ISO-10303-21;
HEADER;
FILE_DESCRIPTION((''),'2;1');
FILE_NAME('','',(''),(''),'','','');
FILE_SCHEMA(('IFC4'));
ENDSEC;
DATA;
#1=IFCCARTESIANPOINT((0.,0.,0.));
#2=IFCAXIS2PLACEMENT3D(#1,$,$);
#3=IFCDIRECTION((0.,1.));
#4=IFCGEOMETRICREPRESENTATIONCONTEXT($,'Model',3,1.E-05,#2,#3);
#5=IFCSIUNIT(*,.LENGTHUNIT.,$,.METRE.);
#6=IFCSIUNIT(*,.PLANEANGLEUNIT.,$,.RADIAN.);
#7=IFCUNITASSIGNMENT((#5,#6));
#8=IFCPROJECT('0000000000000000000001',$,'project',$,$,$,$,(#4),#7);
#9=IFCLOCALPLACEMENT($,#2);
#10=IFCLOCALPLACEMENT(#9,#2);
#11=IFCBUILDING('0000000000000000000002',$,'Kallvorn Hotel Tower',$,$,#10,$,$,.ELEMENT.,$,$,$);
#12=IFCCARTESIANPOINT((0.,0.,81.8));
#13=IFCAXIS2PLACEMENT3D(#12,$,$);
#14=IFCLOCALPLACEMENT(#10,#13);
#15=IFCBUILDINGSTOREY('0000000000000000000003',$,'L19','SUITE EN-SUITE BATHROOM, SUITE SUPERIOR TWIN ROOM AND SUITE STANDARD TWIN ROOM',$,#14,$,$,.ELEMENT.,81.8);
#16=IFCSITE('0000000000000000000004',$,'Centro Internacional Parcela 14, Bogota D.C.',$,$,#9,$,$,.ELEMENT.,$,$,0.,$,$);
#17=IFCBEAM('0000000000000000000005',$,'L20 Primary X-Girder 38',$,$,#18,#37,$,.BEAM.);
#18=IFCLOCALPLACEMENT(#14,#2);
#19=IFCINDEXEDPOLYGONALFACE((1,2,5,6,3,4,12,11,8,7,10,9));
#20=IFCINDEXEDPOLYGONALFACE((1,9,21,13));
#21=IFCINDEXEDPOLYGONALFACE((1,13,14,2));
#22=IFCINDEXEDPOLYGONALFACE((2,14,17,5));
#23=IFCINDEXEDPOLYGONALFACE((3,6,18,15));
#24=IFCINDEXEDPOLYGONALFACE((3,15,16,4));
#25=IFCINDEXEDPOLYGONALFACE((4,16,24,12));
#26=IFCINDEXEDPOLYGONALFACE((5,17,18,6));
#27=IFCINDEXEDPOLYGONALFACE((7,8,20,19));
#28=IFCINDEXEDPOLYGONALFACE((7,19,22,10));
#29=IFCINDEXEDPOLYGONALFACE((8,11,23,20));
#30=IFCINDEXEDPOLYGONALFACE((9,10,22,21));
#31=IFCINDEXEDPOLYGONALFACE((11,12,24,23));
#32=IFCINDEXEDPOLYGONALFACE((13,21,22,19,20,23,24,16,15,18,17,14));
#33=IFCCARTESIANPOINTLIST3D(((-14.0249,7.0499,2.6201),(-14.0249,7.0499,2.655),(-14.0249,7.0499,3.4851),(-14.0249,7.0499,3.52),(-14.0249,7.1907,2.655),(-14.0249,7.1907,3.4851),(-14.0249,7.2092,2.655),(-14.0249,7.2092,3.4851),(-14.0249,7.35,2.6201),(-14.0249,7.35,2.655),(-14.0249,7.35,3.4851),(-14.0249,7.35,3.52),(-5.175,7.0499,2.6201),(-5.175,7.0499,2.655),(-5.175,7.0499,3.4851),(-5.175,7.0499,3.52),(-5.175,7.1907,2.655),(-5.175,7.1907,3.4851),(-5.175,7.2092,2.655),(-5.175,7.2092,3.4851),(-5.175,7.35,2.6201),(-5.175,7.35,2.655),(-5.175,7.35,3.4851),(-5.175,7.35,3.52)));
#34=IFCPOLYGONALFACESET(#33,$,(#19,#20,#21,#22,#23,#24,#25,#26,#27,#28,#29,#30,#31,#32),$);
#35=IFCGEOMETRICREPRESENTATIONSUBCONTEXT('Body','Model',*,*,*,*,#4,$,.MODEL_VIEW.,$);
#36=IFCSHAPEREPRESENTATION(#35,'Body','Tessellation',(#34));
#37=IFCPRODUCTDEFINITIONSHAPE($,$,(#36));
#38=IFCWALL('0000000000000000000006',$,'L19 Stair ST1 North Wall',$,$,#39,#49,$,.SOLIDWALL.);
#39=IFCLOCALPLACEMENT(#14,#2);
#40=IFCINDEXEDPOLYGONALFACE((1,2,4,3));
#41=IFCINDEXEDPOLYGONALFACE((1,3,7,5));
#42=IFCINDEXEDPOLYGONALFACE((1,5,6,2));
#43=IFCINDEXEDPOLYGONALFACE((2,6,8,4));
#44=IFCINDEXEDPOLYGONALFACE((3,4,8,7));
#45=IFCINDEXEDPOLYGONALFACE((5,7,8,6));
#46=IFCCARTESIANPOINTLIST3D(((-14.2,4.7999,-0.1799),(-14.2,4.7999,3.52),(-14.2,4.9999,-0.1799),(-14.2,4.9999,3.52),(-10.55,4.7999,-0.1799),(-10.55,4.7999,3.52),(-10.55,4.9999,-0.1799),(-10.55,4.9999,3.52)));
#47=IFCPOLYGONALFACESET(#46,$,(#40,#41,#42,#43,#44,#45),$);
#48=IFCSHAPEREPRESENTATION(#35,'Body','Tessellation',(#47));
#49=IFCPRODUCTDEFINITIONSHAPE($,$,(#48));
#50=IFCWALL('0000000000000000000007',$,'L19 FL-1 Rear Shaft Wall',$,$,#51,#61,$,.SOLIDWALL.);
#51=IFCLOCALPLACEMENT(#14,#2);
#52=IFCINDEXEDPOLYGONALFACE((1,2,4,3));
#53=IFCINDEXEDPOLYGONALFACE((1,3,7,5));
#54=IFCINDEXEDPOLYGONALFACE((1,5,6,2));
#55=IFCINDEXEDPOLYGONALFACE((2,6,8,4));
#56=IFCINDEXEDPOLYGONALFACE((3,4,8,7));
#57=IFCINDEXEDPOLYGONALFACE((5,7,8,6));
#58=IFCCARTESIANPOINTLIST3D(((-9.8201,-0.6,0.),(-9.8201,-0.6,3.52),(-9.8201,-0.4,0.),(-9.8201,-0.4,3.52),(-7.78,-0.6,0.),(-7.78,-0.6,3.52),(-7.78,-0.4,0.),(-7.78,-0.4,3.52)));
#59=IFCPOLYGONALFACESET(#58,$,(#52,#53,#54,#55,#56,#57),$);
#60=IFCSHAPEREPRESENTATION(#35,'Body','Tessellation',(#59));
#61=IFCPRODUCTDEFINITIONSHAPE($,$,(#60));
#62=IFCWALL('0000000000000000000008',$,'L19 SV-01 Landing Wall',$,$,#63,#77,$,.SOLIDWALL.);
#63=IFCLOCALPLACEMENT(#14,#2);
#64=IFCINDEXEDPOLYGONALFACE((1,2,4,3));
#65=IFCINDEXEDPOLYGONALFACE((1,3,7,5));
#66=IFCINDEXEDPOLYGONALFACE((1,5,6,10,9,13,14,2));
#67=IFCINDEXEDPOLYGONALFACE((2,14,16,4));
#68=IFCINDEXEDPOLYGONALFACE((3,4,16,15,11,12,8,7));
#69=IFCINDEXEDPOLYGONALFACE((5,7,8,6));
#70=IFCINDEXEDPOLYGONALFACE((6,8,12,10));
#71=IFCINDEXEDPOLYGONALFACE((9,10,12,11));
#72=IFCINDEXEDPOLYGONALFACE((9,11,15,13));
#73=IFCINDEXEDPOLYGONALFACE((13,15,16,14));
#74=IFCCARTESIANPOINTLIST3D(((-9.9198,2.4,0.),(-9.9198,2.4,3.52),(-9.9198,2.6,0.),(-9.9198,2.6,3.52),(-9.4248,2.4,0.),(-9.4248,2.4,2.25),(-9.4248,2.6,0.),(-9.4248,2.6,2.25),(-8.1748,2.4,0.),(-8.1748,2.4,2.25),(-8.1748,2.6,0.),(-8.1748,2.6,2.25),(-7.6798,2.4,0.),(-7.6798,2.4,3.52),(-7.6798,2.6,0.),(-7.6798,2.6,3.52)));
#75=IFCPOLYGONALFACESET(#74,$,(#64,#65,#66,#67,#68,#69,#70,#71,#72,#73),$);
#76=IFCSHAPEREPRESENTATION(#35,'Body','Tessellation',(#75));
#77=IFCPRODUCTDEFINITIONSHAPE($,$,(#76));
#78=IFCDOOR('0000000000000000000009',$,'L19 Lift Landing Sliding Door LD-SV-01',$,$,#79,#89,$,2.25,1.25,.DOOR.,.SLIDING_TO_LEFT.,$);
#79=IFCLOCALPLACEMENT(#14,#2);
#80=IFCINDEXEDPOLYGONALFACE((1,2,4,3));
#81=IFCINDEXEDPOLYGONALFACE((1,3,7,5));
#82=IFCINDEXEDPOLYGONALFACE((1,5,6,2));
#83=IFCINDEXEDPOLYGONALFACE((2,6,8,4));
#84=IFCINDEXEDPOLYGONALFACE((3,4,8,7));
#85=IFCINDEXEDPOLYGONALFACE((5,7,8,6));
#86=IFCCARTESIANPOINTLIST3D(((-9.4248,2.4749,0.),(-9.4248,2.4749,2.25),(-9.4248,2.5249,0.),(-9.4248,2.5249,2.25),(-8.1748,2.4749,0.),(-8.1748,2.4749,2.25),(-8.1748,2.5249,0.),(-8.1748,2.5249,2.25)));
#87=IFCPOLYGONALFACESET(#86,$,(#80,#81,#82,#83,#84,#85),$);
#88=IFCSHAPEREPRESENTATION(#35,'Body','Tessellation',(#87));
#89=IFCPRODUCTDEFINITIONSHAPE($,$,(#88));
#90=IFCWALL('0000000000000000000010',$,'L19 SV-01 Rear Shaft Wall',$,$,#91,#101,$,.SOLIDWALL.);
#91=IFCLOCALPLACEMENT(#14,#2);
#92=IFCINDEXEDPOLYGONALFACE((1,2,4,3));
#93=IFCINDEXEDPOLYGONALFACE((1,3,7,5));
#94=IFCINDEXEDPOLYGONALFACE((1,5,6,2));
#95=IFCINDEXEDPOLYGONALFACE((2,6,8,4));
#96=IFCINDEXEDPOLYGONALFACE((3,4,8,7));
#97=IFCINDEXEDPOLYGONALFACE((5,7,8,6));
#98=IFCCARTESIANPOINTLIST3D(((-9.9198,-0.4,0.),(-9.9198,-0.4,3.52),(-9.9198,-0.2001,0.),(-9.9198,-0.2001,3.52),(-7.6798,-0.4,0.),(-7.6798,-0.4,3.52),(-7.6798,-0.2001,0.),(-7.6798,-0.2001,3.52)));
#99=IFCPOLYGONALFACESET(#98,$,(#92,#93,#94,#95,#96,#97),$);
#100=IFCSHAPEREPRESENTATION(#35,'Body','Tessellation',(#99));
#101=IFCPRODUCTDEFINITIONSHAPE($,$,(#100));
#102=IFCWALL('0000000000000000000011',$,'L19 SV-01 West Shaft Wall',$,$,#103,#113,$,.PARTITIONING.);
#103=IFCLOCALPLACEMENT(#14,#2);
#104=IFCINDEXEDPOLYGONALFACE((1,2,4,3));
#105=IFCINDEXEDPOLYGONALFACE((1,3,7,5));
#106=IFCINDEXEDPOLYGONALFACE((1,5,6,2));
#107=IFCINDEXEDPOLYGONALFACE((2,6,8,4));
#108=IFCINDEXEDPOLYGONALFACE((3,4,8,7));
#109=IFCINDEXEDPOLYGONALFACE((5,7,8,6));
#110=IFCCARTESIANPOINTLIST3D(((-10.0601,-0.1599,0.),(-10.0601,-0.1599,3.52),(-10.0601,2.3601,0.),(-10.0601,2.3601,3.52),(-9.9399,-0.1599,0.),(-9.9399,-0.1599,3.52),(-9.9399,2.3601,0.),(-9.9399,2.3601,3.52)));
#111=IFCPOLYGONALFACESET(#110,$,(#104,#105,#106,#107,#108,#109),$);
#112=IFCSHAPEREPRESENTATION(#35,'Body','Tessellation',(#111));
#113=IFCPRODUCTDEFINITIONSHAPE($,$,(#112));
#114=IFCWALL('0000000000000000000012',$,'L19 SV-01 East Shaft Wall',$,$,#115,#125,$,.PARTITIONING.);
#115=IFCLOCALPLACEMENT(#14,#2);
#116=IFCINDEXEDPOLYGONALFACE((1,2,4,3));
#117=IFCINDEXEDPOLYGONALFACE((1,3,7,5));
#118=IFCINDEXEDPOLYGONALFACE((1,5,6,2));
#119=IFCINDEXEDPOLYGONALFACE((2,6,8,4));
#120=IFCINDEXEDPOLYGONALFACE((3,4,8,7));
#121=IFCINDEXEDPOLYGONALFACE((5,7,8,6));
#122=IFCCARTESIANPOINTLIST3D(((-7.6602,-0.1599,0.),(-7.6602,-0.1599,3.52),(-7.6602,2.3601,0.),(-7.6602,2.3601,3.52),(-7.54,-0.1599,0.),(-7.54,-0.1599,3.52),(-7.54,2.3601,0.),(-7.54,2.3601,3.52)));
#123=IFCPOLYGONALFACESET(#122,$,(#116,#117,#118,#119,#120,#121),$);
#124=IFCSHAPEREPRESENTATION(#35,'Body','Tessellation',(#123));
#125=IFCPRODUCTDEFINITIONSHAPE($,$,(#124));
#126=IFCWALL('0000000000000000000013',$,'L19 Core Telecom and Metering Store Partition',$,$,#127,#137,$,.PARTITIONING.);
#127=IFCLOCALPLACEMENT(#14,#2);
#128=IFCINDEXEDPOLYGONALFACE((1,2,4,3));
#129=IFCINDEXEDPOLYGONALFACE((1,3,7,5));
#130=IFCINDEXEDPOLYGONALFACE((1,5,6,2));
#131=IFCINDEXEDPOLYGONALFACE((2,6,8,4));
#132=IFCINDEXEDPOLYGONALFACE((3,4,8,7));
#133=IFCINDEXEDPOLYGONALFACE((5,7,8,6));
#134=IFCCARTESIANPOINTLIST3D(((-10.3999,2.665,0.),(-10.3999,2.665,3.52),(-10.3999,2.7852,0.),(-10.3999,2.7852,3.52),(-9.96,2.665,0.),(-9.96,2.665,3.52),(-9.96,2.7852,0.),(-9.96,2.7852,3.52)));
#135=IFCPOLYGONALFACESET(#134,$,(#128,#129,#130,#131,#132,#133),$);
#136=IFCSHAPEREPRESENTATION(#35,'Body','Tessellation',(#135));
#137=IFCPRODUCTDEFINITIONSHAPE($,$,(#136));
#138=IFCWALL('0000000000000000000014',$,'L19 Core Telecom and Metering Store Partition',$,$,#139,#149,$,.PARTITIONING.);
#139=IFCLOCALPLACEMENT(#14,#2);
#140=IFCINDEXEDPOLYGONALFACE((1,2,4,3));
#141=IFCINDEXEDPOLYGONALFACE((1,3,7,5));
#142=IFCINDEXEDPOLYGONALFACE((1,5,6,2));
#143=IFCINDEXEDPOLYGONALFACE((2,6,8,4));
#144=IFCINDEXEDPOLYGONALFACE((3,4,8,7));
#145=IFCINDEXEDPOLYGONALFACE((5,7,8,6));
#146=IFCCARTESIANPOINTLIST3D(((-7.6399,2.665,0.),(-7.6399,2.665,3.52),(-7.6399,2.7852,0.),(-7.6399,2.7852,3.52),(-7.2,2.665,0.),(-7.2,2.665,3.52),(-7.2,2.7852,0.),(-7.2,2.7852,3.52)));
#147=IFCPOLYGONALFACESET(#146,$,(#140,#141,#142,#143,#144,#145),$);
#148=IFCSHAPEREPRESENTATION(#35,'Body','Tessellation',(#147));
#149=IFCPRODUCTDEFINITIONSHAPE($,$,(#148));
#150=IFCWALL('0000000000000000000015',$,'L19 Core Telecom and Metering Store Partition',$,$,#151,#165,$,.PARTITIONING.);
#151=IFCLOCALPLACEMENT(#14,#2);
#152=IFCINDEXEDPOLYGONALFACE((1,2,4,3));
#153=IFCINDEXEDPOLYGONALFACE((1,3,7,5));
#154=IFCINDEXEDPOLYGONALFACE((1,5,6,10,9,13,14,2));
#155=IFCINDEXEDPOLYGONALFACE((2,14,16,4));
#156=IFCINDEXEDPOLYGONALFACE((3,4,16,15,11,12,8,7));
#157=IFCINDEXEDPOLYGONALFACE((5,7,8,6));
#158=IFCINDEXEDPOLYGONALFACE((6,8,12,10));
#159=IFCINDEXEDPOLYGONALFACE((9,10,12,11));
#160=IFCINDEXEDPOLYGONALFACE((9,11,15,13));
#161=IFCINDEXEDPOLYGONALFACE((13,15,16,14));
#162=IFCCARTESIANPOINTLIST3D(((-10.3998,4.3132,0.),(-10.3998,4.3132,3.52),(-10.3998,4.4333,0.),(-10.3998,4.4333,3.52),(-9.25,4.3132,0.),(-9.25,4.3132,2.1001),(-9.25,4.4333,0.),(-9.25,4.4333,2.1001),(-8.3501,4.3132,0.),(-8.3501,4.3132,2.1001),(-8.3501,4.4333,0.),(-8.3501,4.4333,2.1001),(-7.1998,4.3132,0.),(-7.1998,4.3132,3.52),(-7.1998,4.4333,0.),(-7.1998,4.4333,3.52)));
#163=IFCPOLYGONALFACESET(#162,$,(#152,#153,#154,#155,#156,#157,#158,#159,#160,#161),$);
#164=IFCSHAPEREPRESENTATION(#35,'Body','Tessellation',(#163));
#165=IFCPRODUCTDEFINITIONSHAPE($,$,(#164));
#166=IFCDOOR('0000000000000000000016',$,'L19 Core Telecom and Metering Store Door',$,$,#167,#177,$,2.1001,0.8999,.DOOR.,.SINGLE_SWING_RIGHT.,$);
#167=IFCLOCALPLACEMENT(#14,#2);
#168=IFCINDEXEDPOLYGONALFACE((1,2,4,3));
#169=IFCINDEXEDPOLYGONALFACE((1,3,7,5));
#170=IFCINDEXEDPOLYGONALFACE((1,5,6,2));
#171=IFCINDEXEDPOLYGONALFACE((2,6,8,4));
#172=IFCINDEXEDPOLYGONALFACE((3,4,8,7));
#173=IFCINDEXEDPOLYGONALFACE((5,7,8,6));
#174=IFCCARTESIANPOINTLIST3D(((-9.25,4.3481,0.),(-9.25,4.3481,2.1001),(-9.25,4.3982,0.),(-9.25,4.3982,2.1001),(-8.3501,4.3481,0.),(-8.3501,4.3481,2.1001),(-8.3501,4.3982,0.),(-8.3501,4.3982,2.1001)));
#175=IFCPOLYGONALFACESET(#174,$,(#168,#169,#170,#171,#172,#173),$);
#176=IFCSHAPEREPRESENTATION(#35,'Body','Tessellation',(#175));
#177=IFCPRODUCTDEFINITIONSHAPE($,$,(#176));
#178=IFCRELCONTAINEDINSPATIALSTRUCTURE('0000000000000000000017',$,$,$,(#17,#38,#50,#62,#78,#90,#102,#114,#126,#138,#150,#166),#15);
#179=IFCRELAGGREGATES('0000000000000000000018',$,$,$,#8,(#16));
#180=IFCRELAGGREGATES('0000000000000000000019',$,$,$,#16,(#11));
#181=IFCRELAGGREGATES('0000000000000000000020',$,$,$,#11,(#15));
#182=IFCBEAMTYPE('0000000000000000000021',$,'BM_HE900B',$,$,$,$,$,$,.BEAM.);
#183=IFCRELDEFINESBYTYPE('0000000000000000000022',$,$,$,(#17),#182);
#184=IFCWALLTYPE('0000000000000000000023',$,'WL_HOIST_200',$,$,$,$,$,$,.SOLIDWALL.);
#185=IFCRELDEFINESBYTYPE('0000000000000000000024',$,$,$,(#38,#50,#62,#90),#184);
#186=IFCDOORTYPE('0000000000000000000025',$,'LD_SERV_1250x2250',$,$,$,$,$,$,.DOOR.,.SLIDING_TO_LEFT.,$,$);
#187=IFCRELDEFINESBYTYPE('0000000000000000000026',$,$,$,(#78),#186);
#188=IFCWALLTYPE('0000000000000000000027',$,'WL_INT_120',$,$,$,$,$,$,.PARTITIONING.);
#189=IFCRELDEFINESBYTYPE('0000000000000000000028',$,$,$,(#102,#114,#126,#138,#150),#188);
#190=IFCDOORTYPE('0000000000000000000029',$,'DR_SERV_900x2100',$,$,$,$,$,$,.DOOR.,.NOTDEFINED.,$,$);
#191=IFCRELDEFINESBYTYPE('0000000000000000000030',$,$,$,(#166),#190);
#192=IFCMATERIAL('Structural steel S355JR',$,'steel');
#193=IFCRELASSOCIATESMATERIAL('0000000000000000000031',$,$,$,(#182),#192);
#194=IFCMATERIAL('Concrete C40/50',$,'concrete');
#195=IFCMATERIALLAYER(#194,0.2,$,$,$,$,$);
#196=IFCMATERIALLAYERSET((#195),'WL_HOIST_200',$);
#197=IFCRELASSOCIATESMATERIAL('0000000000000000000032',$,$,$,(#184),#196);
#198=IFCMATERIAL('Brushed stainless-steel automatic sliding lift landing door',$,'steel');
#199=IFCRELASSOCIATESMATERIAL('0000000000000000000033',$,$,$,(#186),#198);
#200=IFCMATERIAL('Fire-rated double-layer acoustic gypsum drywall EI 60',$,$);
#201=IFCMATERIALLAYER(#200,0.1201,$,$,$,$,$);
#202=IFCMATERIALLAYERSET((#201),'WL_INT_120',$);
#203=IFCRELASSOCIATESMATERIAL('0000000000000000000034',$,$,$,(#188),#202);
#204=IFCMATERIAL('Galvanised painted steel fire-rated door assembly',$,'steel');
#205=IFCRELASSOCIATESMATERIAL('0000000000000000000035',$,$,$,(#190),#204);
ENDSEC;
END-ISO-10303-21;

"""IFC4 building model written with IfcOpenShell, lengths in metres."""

from ifc_helpers import new_model, si_unit, direction, frame, frame_2d, origin, origin_2d, place, context, subcontext, project, spatial, rectangle, i_section, extrude, material, layer, layer_set, material_profile, profile_set, type_object, element, fill, save


model = new_model("IFC4")

# Units and contexts
model_context = context("Model", 3, precision=1e-05, world=origin(), true_north=direction((0.0, 1.0)))
body_context = subcontext(model_context, "Body", "Model", "MODEL_VIEW")
ifc_project = project(units=[si_unit("LENGTHUNIT", "METRE"), si_unit("PLANEANGLEUNIT", "RADIAN")], contexts=[model_context])

# Site, building, storey
site_placement = place(None, origin())
site = spatial("IfcSite", under=ifc_project, at=site_placement, Name="Centro Internacional Parcela 14, Bogota D.C.", CompositionType="ELEMENT", RefElevation=0.0)
building_placement = place(site_placement, origin())
building = spatial("IfcBuilding", under=site, at=building_placement, Name="Kallvorn Hotel Tower", CompositionType="ELEMENT")
storey_placement = place(building_placement, frame((0.0, 0.0, 81.8)))
storey = spatial("IfcBuildingStorey", under=building, at=storey_placement, Name="L19", Description="SUITE EN-SUITE BATHROOM, SUITE SUPERIOR TWIN ROOM AND SUITE STANDARD TWIN ROOM", CompositionType="ELEMENT", Elevation=81.8)

# Beam
ifc_material_1 = material(Name="Structural steel S355JR", Category="steel")
ifc_material_profile = material_profile(ifc_material_1, i_section(OverallWidth=0.3, OverallDepth=0.8999, WebThickness=0.0186, FlangeThickness=0.0349, at=origin_2d()), Name="HE 900 B")
ifc_profile_set = profile_set([ifc_material_profile], Name="Structural steel S355JR")
beam_type = type_object("IfcBeamType", Name="BM_HE900B", PredefinedType="BEAM", material=ifc_profile_set)
beam_placement = place(storey_placement, frame((-14.0249, 7.2, 3.0701), z_axis=(1.0, 0.0, 0.0), x_axis=(0.0, 1.0, 0.0)))
element("IfcBeam", 1, at=beam_placement, inside=storey, type_object=beam_type, Name="L20 Primary X-Girder 38", PredefinedType="BEAM", context=body_context, shape_type="SweptSolid", body=[
    extrude(i_section(OverallWidth=0.3, OverallDepth=0.8999, WebThickness=0.0186, FlangeThickness=0.0349, at=origin_2d()), origin(), (0.0, 0.0, 1.0), 8.8499),
])

# Walls
ifc_material_2 = material(Name="Concrete C40/50", Category="concrete")
ifc_layer_1 = layer(ifc_material_2, 0.2)
ifc_layer_set_1 = layer_set([ifc_layer_1], Name="WL_HOIST_200")
wall_type_1 = type_object("IfcWallType", Name="WL_HOIST_200", PredefinedType="SOLIDWALL", material=ifc_layer_set_1)
wall_1_placement = place(storey_placement, frame((-14.2, 4.8999, -0.1799), z_axis=(0.0, 0.0, 1.0), x_axis=(1.0, 0.0, 0.0)))
element("IfcWall", 2, at=wall_1_placement, inside=storey, type_object=wall_type_1, Name="L19 Stair ST1 North Wall", PredefinedType="SOLIDWALL", context=body_context, shape_type="SweptSolid", body=[
    extrude(rectangle(XDim=3.6499, YDim=0.2, at=frame_2d((1.825, 0.0))), origin(), (0.0, 0.0, 1.0), 3.7),
])
wall_2_placement = place(storey_placement, frame((-9.8201, -0.5, 0.0), z_axis=(0.0, 0.0, 1.0), x_axis=(1.0, 0.0, 0.0)))
element("IfcWall", 3, at=wall_2_placement, inside=storey, type_object=wall_type_1, Name="L19 FL-1 Rear Shaft Wall", PredefinedType="SOLIDWALL", context=body_context, shape_type="SweptSolid", body=[
    extrude(rectangle(XDim=2.04, YDim=0.2, at=frame_2d((1.02, 0.0))), origin(), (0.0, 0.0, 1.0), 3.52),
])

# Wall, opening, door
wall_3_placement = place(storey_placement, frame((-9.9199, 2.5, 0.0), z_axis=(0.0, 0.0, 1.0), x_axis=(1.0, 0.0, 0.0)))
wall_3 = element("IfcWall", 4, at=wall_3_placement, inside=storey, type_object=wall_type_1, Name="L19 SV-01 Landing Wall", PredefinedType="SOLIDWALL", context=body_context, shape_type="SweptSolid", body=[
    extrude(rectangle(XDim=2.24, YDim=0.2, at=frame_2d((1.1201, 0.0))), origin(), (0.0, 0.0, 1.0), 3.52),
])
opening_1_placement = place(wall_3_placement, frame((0.4951, 0.0, 0.0)))
opening_1 = element("IfcOpeningElement", 5, at=opening_1_placement, cuts=wall_3, PredefinedType="OPENING", context=body_context, shape_type="SweptSolid", body=[
    extrude(rectangle(XDim=1.25, YDim=2.25, at=frame_2d((0.625, 1.125))), frame((0.0, 0.115, 0.0), z_axis=(0.0, -1.0, 0.0), x_axis=(1.0, 0.0, 0.0)), (0.0, 0.0, 1.0), 0.23),
])
ifc_material_3 = material(Name="Brushed stainless-steel automatic sliding lift landing door", Category="steel")
door_type_1 = type_object("IfcDoorType", Name="LD_SERV_1250x2250", OperationType="SLIDING_TO_LEFT", PredefinedType="DOOR", material=ifc_material_3)
door_1_placement = place(opening_1_placement, origin())
door_1 = element("IfcDoor", 6, at=door_1_placement, inside=storey, type_object=door_type_1, Name="L19 Lift Landing Sliding Door LD-SV-01", OperationType="SLIDING_TO_LEFT", OverallHeight=2.25, OverallWidth=1.25, PredefinedType="DOOR", context=body_context, shape_type="SweptSolid", body=[
    extrude(rectangle(XDim=1.25, YDim=2.25, at=frame_2d((0.625, 1.125))), frame((0.0, 0.0249, 0.0), z_axis=(0.0, -1.0, 0.0), x_axis=(1.0, 0.0, 0.0)), (0.0, 0.0, 1.0), 0.05),
])
fill(opening_1, door_1)

# Walls
wall_4_placement = place(storey_placement, frame((-9.9199, -0.3, 0.0), z_axis=(0.0, 0.0, 1.0), x_axis=(1.0, 0.0, 0.0)))
element("IfcWall", 7, at=wall_4_placement, inside=storey, type_object=wall_type_1, Name="L19 SV-01 Rear Shaft Wall", PredefinedType="SOLIDWALL", context=body_context, shape_type="SweptSolid", body=[
    extrude(rectangle(XDim=2.24, YDim=0.2, at=frame_2d((1.1201, 0.0))), origin(), (0.0, 0.0, 1.0), 3.52),
])
ifc_material_4 = material(Name="Fire-rated double-layer acoustic gypsum drywall EI 60")
ifc_layer_2 = layer(ifc_material_4, 0.1201)
ifc_layer_set_2 = layer_set([ifc_layer_2], Name="WL_INT_120")
wall_type_2 = type_object("IfcWallType", Name="WL_INT_120", PredefinedType="PARTITIONING", material=ifc_layer_set_2)
for number, where, z_axis, x_axis, name in (
    (8, (-10.0, -0.1599, 0.0), (0.0, 0.0, 1.0), (0.0, 1.0, 0.0), "L19 SV-01 West Shaft Wall"),
    (9, (-7.6001, -0.1599, 0.0), (0.0, 0.0, 1.0), (0.0, 1.0, 0.0), "L19 SV-01 East Shaft Wall"),
):
    element("IfcWall", number, at=place(storey_placement, frame(where, z_axis=z_axis, x_axis=x_axis)), inside=storey, type_object=wall_type_2, Name=name, PredefinedType="PARTITIONING", context=body_context, shape_type="SweptSolid", body=[
        extrude(rectangle(XDim=2.52, YDim=0.1201, at=frame_2d((1.26, 0.0))), origin(), (0.0, 0.0, 1.0), 3.52),
    ])
for number, where, z_axis, x_axis, name in (
    (10, (-10.3999, 2.7251, 0.0), (0.0, 0.0, 1.0), (1.0, 0.0, 0.0), "L19 Core Telecom and Metering Store Partition"),
    (11, (-7.6399, 2.7251, 0.0), (0.0, 0.0, 1.0), (1.0, 0.0, 0.0), "L19 Core Telecom and Metering Store Partition"),
):
    element("IfcWall", number, at=place(storey_placement, frame(where, z_axis=z_axis, x_axis=x_axis)), inside=storey, type_object=wall_type_2, Name=name, PredefinedType="PARTITIONING", context=body_context, shape_type="SweptSolid", body=[
        extrude(rectangle(XDim=0.4399, YDim=0.1201, at=frame_2d((0.22, 0.0))), origin(), (0.0, 0.0, 1.0), 3.52),
    ])

# Wall, opening, door
wall_5_placement = place(storey_placement, frame((-10.3999, 4.3733, 0.0), z_axis=(0.0, 0.0, 1.0), x_axis=(1.0, 0.0, 0.0)))
wall_5 = element("IfcWall", 12, at=wall_5_placement, inside=storey, type_object=wall_type_2, Name="L19 Core Telecom and Metering Store Partition", PredefinedType="PARTITIONING", context=body_context, shape_type="SweptSolid", body=[
    extrude(rectangle(XDim=3.2, YDim=0.1201, at=frame_2d((1.6001, 0.0))), origin(), (0.0, 0.0, 1.0), 3.52),
])
opening_2_placement = place(wall_5_placement, frame((1.1499, 0.0, 0.0)))
opening_2 = element("IfcOpeningElement", 13, at=opening_2_placement, cuts=wall_5, PredefinedType="OPENING", context=body_context, shape_type="SweptSolid", body=[
    extrude(rectangle(XDim=0.8999, YDim=2.1001, at=frame_2d((0.45, 1.05))), frame((0.0, 0.075, 0.0), z_axis=(0.0, -1.0, 0.0), x_axis=(1.0, 0.0, 0.0)), (0.0, 0.0, 1.0), 0.1501),
])
ifc_material_5 = material(Name="Galvanised painted steel fire-rated door assembly", Category="steel")
door_type_2 = type_object("IfcDoorType", Name="DR_SERV_900x2100", OperationType="NOTDEFINED", PredefinedType="DOOR", material=ifc_material_5)
door_2_placement = place(opening_2_placement, origin())
door_2 = element("IfcDoor", 14, at=door_2_placement, inside=storey, type_object=door_type_2, Name="L19 Core Telecom and Metering Store Door", OperationType="SINGLE_SWING_RIGHT", OverallHeight=2.1001, OverallWidth=0.8999, PredefinedType="DOOR", context=body_context, shape_type="SweptSolid", body=[
    extrude(rectangle(XDim=0.8999, YDim=2.1001, at=frame_2d((0.45, 1.05))), frame((0.0, 0.0249, 0.0), z_axis=(0.0, -1.0, 0.0), x_axis=(1.0, 0.0, 0.0)), (0.0, 0.0, 1.0), 0.05),
])
fill(opening_2, door_2)

save(model, "model.ifc")
